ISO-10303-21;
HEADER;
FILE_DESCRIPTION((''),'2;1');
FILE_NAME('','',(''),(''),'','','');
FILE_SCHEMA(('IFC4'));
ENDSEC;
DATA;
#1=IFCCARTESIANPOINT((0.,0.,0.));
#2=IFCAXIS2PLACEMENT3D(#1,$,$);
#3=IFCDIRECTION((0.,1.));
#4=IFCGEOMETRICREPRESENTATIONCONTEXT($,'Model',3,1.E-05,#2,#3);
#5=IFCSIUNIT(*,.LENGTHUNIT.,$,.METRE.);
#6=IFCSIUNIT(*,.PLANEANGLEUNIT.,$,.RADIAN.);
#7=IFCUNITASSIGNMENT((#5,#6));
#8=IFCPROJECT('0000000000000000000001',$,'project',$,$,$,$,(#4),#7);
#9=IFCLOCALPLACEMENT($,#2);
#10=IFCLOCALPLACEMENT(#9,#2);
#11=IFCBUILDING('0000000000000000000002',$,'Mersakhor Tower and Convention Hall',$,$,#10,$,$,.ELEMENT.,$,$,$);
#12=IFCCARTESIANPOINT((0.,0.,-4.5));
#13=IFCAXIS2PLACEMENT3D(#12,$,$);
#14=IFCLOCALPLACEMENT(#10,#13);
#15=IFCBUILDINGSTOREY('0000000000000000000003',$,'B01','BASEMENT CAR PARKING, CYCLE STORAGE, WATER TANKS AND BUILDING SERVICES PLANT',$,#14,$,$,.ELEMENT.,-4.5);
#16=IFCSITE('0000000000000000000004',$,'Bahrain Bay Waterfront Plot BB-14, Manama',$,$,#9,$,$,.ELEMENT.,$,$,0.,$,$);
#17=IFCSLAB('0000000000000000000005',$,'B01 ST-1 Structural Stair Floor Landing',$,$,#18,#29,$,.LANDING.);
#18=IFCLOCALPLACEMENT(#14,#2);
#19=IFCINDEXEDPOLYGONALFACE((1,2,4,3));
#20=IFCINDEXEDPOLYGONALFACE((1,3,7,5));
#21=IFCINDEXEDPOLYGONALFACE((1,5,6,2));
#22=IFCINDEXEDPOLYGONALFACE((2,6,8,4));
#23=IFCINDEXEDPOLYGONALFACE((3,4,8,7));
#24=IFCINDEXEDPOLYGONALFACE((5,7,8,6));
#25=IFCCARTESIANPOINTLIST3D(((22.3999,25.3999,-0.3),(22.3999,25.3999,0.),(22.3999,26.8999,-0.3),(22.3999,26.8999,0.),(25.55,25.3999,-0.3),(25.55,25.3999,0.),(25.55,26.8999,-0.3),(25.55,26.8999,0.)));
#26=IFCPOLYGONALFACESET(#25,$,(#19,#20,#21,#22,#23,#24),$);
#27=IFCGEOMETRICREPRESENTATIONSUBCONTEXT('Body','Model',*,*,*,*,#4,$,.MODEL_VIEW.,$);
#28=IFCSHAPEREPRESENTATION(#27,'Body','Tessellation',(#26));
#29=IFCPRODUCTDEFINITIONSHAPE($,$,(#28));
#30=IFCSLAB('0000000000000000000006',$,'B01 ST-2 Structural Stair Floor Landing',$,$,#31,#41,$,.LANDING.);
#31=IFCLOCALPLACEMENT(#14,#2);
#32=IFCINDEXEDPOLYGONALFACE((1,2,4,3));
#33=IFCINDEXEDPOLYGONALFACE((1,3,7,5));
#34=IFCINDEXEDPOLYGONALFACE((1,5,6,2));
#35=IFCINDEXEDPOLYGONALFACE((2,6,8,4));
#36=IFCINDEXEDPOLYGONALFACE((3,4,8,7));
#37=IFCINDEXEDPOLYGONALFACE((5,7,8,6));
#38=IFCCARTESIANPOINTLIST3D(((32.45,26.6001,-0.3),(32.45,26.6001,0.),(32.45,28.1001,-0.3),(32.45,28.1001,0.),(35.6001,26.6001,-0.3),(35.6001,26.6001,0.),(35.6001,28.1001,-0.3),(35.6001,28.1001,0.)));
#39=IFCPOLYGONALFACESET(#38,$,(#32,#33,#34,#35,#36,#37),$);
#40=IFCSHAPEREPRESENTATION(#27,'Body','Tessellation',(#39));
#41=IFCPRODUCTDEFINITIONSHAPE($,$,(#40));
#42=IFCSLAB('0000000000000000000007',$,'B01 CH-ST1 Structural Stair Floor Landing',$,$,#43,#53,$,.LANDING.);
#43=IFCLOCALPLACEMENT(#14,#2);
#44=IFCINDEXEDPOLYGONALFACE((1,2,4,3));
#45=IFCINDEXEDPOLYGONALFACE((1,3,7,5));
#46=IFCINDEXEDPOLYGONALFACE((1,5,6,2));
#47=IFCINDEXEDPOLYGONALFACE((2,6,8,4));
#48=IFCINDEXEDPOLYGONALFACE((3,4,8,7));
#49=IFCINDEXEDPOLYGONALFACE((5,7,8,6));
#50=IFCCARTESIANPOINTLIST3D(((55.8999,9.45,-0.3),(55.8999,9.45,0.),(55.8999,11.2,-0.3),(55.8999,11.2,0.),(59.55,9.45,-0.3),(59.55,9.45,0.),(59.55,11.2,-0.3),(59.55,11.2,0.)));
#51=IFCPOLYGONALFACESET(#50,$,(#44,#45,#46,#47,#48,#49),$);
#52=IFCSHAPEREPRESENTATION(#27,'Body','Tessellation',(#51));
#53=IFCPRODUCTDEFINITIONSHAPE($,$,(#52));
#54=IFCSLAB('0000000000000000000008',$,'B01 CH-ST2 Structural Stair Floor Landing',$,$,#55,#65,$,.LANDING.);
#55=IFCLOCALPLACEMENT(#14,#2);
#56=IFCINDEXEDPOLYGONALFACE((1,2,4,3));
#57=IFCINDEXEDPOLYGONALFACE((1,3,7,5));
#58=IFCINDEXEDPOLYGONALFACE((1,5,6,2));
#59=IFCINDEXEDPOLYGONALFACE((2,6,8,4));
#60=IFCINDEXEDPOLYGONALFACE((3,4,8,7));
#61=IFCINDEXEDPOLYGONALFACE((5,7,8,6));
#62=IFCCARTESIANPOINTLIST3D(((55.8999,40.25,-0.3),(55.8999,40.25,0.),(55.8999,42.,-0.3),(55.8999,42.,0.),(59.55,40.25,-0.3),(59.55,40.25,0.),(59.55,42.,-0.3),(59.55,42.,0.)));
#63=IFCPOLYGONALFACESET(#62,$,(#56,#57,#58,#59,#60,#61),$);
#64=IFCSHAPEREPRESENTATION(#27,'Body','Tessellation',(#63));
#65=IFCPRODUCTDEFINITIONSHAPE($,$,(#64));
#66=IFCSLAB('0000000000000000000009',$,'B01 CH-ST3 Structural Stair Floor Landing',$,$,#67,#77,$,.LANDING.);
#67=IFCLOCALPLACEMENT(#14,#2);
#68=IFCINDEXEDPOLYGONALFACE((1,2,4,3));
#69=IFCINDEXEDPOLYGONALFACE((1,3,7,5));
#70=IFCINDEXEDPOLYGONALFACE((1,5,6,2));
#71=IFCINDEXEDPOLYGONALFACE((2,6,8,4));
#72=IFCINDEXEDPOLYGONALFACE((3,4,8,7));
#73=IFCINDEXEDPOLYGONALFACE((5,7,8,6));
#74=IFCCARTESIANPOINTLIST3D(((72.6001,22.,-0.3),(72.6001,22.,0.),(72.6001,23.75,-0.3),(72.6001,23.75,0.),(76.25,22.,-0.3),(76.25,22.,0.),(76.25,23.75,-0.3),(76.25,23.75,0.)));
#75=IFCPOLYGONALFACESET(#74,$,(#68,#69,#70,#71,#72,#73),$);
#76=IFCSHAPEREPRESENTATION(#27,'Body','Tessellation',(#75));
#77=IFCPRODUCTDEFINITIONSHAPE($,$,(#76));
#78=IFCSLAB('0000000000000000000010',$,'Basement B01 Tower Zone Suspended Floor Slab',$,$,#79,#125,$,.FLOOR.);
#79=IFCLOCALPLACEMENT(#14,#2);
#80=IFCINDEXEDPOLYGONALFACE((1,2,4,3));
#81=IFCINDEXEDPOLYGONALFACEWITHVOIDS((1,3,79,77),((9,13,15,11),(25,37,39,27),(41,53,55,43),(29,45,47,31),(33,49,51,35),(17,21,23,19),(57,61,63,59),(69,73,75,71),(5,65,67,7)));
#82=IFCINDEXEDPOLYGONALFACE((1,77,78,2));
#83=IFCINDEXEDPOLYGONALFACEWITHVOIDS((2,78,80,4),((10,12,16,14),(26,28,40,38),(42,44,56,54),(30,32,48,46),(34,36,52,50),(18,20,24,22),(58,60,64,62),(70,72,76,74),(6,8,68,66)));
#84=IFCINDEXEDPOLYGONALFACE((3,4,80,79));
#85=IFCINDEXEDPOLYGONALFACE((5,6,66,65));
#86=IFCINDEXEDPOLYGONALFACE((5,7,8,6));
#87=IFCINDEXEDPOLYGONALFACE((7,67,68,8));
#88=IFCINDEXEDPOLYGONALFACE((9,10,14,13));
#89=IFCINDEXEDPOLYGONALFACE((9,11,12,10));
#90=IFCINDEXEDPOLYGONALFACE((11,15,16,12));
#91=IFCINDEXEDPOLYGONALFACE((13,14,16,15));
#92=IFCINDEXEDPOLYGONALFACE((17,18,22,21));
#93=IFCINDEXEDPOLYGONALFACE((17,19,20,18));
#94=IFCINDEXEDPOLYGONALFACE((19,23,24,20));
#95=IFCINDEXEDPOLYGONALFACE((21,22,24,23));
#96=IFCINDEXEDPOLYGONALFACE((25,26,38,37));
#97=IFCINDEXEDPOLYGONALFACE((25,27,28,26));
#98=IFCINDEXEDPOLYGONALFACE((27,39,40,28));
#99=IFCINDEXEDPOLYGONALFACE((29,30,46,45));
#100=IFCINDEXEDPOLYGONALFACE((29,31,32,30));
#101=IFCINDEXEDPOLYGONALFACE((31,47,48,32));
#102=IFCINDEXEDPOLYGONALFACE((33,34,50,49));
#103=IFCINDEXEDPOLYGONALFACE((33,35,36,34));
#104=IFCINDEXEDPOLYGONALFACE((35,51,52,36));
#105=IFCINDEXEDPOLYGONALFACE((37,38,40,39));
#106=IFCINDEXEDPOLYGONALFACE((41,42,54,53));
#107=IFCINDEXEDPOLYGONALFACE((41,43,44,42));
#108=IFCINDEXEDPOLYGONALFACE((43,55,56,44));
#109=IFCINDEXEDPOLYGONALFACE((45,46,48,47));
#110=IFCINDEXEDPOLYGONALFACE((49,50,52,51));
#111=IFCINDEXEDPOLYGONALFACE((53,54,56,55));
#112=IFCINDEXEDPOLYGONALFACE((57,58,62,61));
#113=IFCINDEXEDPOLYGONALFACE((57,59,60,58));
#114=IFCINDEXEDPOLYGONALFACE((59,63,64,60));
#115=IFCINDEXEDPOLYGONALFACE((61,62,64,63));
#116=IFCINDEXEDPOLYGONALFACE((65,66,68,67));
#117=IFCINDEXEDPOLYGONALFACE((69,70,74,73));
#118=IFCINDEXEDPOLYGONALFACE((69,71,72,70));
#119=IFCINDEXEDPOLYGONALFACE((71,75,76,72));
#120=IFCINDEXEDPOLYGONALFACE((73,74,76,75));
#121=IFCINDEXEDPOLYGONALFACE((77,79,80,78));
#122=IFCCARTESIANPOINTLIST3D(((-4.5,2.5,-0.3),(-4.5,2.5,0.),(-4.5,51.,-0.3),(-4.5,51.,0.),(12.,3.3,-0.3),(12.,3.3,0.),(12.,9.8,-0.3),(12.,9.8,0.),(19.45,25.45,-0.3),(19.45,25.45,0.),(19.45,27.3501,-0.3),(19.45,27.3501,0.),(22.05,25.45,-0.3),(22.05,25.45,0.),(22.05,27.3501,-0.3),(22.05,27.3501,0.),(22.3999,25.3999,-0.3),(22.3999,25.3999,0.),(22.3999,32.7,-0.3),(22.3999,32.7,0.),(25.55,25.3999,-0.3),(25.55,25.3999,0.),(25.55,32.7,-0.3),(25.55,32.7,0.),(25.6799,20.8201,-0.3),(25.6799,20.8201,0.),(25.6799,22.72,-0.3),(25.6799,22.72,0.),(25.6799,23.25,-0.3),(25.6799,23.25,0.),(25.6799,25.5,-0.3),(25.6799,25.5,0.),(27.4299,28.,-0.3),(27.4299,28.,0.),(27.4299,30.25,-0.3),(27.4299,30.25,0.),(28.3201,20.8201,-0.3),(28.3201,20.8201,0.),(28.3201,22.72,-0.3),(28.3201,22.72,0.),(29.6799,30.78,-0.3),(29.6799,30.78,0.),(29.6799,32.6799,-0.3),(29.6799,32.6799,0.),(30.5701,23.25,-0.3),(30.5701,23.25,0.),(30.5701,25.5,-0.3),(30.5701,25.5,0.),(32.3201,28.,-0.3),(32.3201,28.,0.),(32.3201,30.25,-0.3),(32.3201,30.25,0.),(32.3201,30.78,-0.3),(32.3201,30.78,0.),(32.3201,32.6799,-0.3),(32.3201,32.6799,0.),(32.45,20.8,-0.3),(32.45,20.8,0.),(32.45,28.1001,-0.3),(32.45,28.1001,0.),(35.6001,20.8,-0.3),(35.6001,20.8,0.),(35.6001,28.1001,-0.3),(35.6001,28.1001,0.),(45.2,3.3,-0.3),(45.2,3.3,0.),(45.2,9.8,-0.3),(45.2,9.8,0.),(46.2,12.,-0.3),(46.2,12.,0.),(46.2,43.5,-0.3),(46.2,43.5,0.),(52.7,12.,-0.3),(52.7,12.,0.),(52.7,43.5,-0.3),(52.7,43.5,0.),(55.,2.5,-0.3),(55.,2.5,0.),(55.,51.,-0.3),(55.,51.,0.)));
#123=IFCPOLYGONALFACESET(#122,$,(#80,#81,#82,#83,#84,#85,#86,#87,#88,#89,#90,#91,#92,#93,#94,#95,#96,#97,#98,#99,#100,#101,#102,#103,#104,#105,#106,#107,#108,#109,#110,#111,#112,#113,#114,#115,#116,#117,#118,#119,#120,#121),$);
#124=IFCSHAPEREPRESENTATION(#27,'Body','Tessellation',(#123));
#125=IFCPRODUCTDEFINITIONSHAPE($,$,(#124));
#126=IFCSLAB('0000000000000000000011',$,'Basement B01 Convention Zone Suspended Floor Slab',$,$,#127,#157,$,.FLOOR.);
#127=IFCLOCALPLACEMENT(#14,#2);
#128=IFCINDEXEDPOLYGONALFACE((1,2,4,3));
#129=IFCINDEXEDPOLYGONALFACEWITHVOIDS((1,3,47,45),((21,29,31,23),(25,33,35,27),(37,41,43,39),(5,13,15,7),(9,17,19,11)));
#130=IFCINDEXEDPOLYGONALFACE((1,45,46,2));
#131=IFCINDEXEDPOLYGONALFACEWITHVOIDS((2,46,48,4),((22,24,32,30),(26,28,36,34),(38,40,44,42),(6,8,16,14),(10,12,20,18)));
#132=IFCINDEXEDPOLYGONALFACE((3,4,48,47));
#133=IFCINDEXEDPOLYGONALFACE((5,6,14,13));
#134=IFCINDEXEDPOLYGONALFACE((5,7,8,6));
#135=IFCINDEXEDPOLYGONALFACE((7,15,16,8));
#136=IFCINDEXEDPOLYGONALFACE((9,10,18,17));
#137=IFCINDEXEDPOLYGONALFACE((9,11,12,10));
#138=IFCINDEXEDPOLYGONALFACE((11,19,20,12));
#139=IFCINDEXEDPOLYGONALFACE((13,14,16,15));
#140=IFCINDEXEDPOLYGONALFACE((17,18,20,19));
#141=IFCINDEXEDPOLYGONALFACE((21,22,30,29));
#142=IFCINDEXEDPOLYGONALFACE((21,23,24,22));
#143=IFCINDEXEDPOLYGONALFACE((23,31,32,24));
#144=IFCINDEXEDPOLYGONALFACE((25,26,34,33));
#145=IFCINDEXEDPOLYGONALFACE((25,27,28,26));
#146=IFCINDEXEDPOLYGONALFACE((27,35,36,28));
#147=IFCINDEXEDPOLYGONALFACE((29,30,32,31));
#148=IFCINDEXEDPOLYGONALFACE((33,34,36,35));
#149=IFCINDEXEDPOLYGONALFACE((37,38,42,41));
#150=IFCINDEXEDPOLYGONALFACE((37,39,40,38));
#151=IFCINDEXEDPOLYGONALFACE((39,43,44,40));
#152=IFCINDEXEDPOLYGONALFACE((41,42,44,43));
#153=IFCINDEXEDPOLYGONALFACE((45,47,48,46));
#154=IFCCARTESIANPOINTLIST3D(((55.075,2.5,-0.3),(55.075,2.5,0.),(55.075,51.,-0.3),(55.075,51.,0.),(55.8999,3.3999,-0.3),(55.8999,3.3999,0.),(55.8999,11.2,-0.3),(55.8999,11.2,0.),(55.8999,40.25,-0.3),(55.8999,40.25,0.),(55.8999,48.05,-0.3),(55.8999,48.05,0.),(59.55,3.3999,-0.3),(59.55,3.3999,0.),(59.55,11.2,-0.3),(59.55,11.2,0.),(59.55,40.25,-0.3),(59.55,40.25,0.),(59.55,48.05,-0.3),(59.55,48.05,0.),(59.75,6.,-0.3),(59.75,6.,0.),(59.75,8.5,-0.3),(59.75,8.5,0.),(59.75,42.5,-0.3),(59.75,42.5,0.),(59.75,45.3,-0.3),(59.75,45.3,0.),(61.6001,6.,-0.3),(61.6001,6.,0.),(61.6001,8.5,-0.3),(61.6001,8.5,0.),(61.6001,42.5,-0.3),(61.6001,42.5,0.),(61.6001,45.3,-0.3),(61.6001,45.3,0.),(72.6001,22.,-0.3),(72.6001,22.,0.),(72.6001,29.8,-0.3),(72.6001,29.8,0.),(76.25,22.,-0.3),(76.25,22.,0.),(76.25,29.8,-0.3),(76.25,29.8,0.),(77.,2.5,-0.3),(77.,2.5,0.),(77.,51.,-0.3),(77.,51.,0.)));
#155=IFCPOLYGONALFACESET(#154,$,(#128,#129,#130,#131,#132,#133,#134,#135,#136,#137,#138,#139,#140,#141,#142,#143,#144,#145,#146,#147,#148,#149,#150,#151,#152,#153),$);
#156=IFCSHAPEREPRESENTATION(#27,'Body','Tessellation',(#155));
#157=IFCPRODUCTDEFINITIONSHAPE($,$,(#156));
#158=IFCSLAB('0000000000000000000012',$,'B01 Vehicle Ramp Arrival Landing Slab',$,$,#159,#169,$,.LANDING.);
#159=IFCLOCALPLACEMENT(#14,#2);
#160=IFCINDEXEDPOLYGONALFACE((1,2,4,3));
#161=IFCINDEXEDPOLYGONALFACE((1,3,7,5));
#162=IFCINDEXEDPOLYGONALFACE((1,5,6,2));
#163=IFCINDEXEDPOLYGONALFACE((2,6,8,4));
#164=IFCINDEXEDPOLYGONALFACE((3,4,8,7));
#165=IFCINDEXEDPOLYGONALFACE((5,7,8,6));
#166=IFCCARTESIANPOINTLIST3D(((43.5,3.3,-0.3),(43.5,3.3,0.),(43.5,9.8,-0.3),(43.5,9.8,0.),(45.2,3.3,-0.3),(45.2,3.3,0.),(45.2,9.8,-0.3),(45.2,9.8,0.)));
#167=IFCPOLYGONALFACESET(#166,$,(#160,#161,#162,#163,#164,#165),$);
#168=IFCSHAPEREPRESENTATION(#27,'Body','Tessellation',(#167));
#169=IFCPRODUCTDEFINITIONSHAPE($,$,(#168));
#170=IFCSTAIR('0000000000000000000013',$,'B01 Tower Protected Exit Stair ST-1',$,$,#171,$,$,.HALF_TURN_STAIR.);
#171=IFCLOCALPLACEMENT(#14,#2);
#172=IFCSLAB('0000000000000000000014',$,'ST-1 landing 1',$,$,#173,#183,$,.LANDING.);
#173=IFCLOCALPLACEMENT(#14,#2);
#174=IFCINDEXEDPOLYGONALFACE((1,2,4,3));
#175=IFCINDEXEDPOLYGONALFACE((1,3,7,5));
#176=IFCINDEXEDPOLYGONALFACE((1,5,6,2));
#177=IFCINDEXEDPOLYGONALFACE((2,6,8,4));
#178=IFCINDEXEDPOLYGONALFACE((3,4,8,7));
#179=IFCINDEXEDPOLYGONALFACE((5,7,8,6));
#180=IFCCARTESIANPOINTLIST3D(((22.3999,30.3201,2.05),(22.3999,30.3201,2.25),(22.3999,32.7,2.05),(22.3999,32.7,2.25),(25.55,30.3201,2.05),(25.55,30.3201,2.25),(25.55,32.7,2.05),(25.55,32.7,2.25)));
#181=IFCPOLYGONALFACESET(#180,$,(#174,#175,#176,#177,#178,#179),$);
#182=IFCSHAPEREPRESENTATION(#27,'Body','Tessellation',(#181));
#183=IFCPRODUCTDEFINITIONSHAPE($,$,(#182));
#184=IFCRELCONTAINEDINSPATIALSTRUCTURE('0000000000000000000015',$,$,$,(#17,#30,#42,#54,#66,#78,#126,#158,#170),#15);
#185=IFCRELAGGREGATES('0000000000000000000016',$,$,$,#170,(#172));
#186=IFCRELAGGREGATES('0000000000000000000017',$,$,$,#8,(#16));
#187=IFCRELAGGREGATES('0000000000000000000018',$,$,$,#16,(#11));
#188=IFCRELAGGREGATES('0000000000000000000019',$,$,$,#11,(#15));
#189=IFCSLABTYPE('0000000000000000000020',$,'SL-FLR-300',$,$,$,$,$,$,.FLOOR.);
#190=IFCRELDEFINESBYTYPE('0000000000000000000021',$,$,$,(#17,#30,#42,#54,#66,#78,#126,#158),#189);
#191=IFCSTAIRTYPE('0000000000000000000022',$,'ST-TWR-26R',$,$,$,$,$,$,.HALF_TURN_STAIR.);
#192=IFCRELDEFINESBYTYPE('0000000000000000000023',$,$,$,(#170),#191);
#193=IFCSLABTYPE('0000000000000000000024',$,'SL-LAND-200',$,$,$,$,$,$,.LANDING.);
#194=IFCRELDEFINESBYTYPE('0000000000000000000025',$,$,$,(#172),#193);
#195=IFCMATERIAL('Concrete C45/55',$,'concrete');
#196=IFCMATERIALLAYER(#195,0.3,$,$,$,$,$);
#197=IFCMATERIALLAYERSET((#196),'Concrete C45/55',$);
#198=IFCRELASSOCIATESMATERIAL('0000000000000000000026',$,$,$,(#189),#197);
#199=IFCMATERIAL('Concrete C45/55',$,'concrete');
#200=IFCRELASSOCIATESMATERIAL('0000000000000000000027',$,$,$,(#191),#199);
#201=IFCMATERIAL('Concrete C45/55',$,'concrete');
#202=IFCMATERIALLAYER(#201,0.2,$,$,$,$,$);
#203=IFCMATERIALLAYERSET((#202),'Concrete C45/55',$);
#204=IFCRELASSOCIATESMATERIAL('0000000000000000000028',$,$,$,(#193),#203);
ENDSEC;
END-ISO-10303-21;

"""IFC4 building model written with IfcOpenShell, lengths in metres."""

from ifc_helpers import new_model, si_unit, direction, frame, origin, place, context, subcontext, project, spatial, polyline, outline, extrude, material, layer, layer_set, type_object, element, aggregate, save


model = new_model("IFC4")

# Units and contexts
model_context = context("Model", 3, precision=1e-05, world=origin(), true_north=direction((0.0, 1.0)))
body_context = subcontext(model_context, "Body", "Model", "MODEL_VIEW")
ifc_project = project(units=[si_unit("LENGTHUNIT", "METRE"), si_unit("PLANEANGLEUNIT", "RADIAN")], contexts=[model_context])

# Site, building, storey
site_placement = place(None, origin())
site = spatial("IfcSite", under=ifc_project, at=site_placement, Name="Bahrain Bay Waterfront Plot BB-14, Manama", CompositionType="ELEMENT", RefElevation=0.0)
building_placement = place(site_placement, origin())
building = spatial("IfcBuilding", under=site, at=building_placement, Name="Mersakhor Tower and Convention Hall", CompositionType="ELEMENT")
storey_placement = place(building_placement, frame((0.0, 0.0, -4.5)))
storey = spatial("IfcBuildingStorey", under=building, at=storey_placement, Name="B01", Description="BASEMENT CAR PARKING, CYCLE STORAGE, WATER TANKS AND BUILDING SERVICES PLANT", CompositionType="ELEMENT", Elevation=-4.5)

# Slabs
ifc_material_1 = material(Name="Concrete C45/55", Category="concrete")
ifc_layer_1 = layer(ifc_material_1, 0.3)
ifc_layer_set_1 = layer_set([ifc_layer_1], Name="Concrete C45/55")
slab_type_1 = type_object("IfcSlabType", Name="SL-FLR-300", PredefinedType="FLOOR", material=ifc_layer_set_1)
slab_1_placement = place(storey_placement, frame((0.0, 0.0, -0.3)))
element("IfcSlab", 1, at=slab_1_placement, inside=storey, type_object=slab_type_1, Name="B01 ST-1 Structural Stair Floor Landing", PredefinedType="LANDING", context=body_context, shape_type="SweptSolid", body=[
    extrude(outline(polyline([(25.55, 25.3999), (25.55, 26.8999), (22.3999, 26.8999), (22.3999, 25.3999), (25.55, 25.3999)])), origin(), (0.0, 0.0, 1.0), 0.3),
])
slab_2_placement = place(storey_placement, frame((0.0, 0.0, -0.3)))
element("IfcSlab", 2, at=slab_2_placement, inside=storey, type_object=slab_type_1, Name="B01 ST-2 Structural Stair Floor Landing", PredefinedType="LANDING", context=body_context, shape_type="SweptSolid", body=[
    extrude(outline(polyline([(32.45, 28.1001), (32.45, 26.6001), (35.6001, 26.6001), (35.6001, 28.1001), (32.45, 28.1001)])), origin(), (0.0, 0.0, 1.0), 0.3),
])
slab_3_placement = place(storey_placement, frame((0.0, 0.0, -0.3)))
element("IfcSlab", 3, at=slab_3_placement, inside=storey, type_object=slab_type_1, Name="B01 CH-ST1 Structural Stair Floor Landing", PredefinedType="LANDING", context=body_context, shape_type="SweptSolid", body=[
    extrude(outline(polyline([(55.8999, 11.2), (55.8999, 9.45), (59.55, 9.45), (59.55, 11.2), (55.8999, 11.2)])), origin(), (0.0, 0.0, 1.0), 0.3),
])
slab_4_placement = place(storey_placement, frame((0.0, 0.0, -0.3)))
element("IfcSlab", 4, at=slab_4_placement, inside=storey, type_object=slab_type_1, Name="B01 CH-ST2 Structural Stair Floor Landing", PredefinedType="LANDING", context=body_context, shape_type="SweptSolid", body=[
    extrude(outline(polyline([(59.55, 40.25), (59.55, 42.0), (55.8999, 42.0), (55.8999, 40.25), (59.55, 40.25)])), origin(), (0.0, 0.0, 1.0), 0.3),
])
slab_5_placement = place(storey_placement, frame((0.0, 0.0, -0.3)))
element("IfcSlab", 5, at=slab_5_placement, inside=storey, type_object=slab_type_1, Name="B01 CH-ST3 Structural Stair Floor Landing", PredefinedType="LANDING", context=body_context, shape_type="SweptSolid", body=[
    extrude(outline(polyline([(76.25, 22.0), (76.25, 23.75), (72.6001, 23.75), (72.6001, 22.0), (76.25, 22.0)])), origin(), (0.0, 0.0, 1.0), 0.3),
])
slab_6_placement = place(storey_placement, frame((0.0, 0.0, -0.3)))
element("IfcSlab", 6, at=slab_6_placement, inside=storey, type_object=slab_type_1, Name="Basement B01 Tower Zone Suspended Floor Slab", PredefinedType="FLOOR", context=body_context, shape_type="SweptSolid", body=[
    extrude(outline(polyline([(-4.5, 2.5), (-4.5, 51.0), (55.0, 51.0), (55.0, 2.5), (-4.5, 2.5)]), holes=[polyline([(12.0, 3.3), (12.0, 9.8), (45.2, 9.8), (45.2, 3.3), (12.0, 3.3)]), polyline([(46.2, 12.0), (46.2, 43.5), (52.7, 43.5), (52.7, 12.0), (46.2, 12.0)]), polyline([(25.55, 25.3999), (25.55, 32.7), (22.3999, 32.7), (22.3999, 25.3999), (25.55, 25.3999)]), polyline([(32.45, 28.1001), (32.45, 20.8), (35.6001, 20.8), (35.6001, 28.1001), (32.45, 28.1001)]), polyline([(25.6799, 20.8201), (25.6799, 22.72), (28.3201, 22.72), (28.3201, 20.8201), (25.6799, 20.8201)]), polyline([(29.6799, 30.78), (29.6799, 32.6799), (32.3201, 32.6799), (32.3201, 30.78), (29.6799, 30.78)]), polyline([(25.6799, 23.25), (25.6799, 25.5), (30.5701, 25.5), (30.5701, 23.25), (25.6799, 23.25)]), polyline([(27.4299, 28.0), (27.4299, 30.25), (32.3201, 30.25), (32.3201, 28.0), (27.4299, 28.0)]), polyline([(19.45, 25.45), (19.45, 27.3501), (22.05, 27.3501), (22.05, 25.45), (19.45, 25.45)])]), origin(), (0.0, 0.0, 1.0), 0.3),
])
slab_7_placement = place(storey_placement, frame((0.0, 0.0, -0.3)))
element("IfcSlab", 7, at=slab_7_placement, inside=storey, type_object=slab_type_1, Name="Basement B01 Convention Zone Suspended Floor Slab", PredefinedType="FLOOR", context=body_context, shape_type="SweptSolid", body=[
    extrude(outline(polyline([(55.075, 2.5), (55.075, 51.0), (77.0, 51.0), (77.0, 2.5), (55.075, 2.5)]), holes=[polyline([(55.8999, 11.2), (55.8999, 3.3999), (59.55, 3.3999), (59.55, 11.2), (55.8999, 11.2)]), polyline([(59.55, 40.25), (59.55, 48.05), (55.8999, 48.05), (55.8999, 40.25), (59.55, 40.25)]), polyline([(76.25, 22.0), (76.25, 29.8), (72.6001, 29.8), (72.6001, 22.0), (76.25, 22.0)]), polyline([(59.75, 6.0), (59.75, 8.5), (61.6001, 8.5), (61.6001, 6.0), (59.75, 6.0)]), polyline([(59.75, 42.5), (59.75, 45.3), (61.6001, 45.3), (61.6001, 42.5), (59.75, 42.5)])]), origin(), (0.0, 0.0, 1.0), 0.3),
])
slab_8_placement = place(storey_placement, frame((0.0, 0.0, -0.3)))
element("IfcSlab", 8, at=slab_8_placement, inside=storey, type_object=slab_type_1, Name="B01 Vehicle Ramp Arrival Landing Slab", PredefinedType="LANDING", context=body_context, shape_type="SweptSolid", body=[
    extrude(outline(polyline([(43.5, 3.3), (43.5, 9.8), (45.2, 9.8), (45.2, 3.3), (43.5, 3.3)])), origin(), (0.0, 0.0, 1.0), 0.3),
])

# Stair, slab
ifc_material_2 = material(Name="Concrete C45/55", Category="concrete")
stair_type_1 = type_object("IfcStairType", Name="ST-TWR-26R", PredefinedType="HALF_TURN_STAIR", material=ifc_material_2)
stair_1_placement = place(storey_placement, origin())
stair_1 = element("IfcStair", 9, at=stair_1_placement, inside=storey, type_object=stair_type_1, Name="B01 Tower Protected Exit Stair ST-1", PredefinedType="HALF_TURN_STAIR")
ifc_material_3 = material(Name="Concrete C45/55", Category="concrete")
ifc_layer_2 = layer(ifc_material_3, 0.2)
ifc_layer_set_2 = layer_set([ifc_layer_2], Name="Concrete C45/55")
slab_type_2 = type_object("IfcSlabType", Name="SL-LAND-200", PredefinedType="LANDING", material=ifc_layer_set_2)
slab_9_placement = place(storey_placement, frame((0.0, 0.0, 2.05)))
slab_9 = element("IfcSlab", 10, at=slab_9_placement, type_object=slab_type_2, Name="ST-1 landing 1", PredefinedType="LANDING", context=body_context, shape_type="SweptSolid", body=[
    extrude(outline(polyline([(25.55, 30.3201), (25.55, 32.7), (22.3999, 32.7), (22.3999, 30.3201), (25.55, 30.3201)])), origin(), (0.0, 0.0, 1.0), 0.2),
])
aggregate(stair_1, [slab_9])

save(model, "model.ifc")
